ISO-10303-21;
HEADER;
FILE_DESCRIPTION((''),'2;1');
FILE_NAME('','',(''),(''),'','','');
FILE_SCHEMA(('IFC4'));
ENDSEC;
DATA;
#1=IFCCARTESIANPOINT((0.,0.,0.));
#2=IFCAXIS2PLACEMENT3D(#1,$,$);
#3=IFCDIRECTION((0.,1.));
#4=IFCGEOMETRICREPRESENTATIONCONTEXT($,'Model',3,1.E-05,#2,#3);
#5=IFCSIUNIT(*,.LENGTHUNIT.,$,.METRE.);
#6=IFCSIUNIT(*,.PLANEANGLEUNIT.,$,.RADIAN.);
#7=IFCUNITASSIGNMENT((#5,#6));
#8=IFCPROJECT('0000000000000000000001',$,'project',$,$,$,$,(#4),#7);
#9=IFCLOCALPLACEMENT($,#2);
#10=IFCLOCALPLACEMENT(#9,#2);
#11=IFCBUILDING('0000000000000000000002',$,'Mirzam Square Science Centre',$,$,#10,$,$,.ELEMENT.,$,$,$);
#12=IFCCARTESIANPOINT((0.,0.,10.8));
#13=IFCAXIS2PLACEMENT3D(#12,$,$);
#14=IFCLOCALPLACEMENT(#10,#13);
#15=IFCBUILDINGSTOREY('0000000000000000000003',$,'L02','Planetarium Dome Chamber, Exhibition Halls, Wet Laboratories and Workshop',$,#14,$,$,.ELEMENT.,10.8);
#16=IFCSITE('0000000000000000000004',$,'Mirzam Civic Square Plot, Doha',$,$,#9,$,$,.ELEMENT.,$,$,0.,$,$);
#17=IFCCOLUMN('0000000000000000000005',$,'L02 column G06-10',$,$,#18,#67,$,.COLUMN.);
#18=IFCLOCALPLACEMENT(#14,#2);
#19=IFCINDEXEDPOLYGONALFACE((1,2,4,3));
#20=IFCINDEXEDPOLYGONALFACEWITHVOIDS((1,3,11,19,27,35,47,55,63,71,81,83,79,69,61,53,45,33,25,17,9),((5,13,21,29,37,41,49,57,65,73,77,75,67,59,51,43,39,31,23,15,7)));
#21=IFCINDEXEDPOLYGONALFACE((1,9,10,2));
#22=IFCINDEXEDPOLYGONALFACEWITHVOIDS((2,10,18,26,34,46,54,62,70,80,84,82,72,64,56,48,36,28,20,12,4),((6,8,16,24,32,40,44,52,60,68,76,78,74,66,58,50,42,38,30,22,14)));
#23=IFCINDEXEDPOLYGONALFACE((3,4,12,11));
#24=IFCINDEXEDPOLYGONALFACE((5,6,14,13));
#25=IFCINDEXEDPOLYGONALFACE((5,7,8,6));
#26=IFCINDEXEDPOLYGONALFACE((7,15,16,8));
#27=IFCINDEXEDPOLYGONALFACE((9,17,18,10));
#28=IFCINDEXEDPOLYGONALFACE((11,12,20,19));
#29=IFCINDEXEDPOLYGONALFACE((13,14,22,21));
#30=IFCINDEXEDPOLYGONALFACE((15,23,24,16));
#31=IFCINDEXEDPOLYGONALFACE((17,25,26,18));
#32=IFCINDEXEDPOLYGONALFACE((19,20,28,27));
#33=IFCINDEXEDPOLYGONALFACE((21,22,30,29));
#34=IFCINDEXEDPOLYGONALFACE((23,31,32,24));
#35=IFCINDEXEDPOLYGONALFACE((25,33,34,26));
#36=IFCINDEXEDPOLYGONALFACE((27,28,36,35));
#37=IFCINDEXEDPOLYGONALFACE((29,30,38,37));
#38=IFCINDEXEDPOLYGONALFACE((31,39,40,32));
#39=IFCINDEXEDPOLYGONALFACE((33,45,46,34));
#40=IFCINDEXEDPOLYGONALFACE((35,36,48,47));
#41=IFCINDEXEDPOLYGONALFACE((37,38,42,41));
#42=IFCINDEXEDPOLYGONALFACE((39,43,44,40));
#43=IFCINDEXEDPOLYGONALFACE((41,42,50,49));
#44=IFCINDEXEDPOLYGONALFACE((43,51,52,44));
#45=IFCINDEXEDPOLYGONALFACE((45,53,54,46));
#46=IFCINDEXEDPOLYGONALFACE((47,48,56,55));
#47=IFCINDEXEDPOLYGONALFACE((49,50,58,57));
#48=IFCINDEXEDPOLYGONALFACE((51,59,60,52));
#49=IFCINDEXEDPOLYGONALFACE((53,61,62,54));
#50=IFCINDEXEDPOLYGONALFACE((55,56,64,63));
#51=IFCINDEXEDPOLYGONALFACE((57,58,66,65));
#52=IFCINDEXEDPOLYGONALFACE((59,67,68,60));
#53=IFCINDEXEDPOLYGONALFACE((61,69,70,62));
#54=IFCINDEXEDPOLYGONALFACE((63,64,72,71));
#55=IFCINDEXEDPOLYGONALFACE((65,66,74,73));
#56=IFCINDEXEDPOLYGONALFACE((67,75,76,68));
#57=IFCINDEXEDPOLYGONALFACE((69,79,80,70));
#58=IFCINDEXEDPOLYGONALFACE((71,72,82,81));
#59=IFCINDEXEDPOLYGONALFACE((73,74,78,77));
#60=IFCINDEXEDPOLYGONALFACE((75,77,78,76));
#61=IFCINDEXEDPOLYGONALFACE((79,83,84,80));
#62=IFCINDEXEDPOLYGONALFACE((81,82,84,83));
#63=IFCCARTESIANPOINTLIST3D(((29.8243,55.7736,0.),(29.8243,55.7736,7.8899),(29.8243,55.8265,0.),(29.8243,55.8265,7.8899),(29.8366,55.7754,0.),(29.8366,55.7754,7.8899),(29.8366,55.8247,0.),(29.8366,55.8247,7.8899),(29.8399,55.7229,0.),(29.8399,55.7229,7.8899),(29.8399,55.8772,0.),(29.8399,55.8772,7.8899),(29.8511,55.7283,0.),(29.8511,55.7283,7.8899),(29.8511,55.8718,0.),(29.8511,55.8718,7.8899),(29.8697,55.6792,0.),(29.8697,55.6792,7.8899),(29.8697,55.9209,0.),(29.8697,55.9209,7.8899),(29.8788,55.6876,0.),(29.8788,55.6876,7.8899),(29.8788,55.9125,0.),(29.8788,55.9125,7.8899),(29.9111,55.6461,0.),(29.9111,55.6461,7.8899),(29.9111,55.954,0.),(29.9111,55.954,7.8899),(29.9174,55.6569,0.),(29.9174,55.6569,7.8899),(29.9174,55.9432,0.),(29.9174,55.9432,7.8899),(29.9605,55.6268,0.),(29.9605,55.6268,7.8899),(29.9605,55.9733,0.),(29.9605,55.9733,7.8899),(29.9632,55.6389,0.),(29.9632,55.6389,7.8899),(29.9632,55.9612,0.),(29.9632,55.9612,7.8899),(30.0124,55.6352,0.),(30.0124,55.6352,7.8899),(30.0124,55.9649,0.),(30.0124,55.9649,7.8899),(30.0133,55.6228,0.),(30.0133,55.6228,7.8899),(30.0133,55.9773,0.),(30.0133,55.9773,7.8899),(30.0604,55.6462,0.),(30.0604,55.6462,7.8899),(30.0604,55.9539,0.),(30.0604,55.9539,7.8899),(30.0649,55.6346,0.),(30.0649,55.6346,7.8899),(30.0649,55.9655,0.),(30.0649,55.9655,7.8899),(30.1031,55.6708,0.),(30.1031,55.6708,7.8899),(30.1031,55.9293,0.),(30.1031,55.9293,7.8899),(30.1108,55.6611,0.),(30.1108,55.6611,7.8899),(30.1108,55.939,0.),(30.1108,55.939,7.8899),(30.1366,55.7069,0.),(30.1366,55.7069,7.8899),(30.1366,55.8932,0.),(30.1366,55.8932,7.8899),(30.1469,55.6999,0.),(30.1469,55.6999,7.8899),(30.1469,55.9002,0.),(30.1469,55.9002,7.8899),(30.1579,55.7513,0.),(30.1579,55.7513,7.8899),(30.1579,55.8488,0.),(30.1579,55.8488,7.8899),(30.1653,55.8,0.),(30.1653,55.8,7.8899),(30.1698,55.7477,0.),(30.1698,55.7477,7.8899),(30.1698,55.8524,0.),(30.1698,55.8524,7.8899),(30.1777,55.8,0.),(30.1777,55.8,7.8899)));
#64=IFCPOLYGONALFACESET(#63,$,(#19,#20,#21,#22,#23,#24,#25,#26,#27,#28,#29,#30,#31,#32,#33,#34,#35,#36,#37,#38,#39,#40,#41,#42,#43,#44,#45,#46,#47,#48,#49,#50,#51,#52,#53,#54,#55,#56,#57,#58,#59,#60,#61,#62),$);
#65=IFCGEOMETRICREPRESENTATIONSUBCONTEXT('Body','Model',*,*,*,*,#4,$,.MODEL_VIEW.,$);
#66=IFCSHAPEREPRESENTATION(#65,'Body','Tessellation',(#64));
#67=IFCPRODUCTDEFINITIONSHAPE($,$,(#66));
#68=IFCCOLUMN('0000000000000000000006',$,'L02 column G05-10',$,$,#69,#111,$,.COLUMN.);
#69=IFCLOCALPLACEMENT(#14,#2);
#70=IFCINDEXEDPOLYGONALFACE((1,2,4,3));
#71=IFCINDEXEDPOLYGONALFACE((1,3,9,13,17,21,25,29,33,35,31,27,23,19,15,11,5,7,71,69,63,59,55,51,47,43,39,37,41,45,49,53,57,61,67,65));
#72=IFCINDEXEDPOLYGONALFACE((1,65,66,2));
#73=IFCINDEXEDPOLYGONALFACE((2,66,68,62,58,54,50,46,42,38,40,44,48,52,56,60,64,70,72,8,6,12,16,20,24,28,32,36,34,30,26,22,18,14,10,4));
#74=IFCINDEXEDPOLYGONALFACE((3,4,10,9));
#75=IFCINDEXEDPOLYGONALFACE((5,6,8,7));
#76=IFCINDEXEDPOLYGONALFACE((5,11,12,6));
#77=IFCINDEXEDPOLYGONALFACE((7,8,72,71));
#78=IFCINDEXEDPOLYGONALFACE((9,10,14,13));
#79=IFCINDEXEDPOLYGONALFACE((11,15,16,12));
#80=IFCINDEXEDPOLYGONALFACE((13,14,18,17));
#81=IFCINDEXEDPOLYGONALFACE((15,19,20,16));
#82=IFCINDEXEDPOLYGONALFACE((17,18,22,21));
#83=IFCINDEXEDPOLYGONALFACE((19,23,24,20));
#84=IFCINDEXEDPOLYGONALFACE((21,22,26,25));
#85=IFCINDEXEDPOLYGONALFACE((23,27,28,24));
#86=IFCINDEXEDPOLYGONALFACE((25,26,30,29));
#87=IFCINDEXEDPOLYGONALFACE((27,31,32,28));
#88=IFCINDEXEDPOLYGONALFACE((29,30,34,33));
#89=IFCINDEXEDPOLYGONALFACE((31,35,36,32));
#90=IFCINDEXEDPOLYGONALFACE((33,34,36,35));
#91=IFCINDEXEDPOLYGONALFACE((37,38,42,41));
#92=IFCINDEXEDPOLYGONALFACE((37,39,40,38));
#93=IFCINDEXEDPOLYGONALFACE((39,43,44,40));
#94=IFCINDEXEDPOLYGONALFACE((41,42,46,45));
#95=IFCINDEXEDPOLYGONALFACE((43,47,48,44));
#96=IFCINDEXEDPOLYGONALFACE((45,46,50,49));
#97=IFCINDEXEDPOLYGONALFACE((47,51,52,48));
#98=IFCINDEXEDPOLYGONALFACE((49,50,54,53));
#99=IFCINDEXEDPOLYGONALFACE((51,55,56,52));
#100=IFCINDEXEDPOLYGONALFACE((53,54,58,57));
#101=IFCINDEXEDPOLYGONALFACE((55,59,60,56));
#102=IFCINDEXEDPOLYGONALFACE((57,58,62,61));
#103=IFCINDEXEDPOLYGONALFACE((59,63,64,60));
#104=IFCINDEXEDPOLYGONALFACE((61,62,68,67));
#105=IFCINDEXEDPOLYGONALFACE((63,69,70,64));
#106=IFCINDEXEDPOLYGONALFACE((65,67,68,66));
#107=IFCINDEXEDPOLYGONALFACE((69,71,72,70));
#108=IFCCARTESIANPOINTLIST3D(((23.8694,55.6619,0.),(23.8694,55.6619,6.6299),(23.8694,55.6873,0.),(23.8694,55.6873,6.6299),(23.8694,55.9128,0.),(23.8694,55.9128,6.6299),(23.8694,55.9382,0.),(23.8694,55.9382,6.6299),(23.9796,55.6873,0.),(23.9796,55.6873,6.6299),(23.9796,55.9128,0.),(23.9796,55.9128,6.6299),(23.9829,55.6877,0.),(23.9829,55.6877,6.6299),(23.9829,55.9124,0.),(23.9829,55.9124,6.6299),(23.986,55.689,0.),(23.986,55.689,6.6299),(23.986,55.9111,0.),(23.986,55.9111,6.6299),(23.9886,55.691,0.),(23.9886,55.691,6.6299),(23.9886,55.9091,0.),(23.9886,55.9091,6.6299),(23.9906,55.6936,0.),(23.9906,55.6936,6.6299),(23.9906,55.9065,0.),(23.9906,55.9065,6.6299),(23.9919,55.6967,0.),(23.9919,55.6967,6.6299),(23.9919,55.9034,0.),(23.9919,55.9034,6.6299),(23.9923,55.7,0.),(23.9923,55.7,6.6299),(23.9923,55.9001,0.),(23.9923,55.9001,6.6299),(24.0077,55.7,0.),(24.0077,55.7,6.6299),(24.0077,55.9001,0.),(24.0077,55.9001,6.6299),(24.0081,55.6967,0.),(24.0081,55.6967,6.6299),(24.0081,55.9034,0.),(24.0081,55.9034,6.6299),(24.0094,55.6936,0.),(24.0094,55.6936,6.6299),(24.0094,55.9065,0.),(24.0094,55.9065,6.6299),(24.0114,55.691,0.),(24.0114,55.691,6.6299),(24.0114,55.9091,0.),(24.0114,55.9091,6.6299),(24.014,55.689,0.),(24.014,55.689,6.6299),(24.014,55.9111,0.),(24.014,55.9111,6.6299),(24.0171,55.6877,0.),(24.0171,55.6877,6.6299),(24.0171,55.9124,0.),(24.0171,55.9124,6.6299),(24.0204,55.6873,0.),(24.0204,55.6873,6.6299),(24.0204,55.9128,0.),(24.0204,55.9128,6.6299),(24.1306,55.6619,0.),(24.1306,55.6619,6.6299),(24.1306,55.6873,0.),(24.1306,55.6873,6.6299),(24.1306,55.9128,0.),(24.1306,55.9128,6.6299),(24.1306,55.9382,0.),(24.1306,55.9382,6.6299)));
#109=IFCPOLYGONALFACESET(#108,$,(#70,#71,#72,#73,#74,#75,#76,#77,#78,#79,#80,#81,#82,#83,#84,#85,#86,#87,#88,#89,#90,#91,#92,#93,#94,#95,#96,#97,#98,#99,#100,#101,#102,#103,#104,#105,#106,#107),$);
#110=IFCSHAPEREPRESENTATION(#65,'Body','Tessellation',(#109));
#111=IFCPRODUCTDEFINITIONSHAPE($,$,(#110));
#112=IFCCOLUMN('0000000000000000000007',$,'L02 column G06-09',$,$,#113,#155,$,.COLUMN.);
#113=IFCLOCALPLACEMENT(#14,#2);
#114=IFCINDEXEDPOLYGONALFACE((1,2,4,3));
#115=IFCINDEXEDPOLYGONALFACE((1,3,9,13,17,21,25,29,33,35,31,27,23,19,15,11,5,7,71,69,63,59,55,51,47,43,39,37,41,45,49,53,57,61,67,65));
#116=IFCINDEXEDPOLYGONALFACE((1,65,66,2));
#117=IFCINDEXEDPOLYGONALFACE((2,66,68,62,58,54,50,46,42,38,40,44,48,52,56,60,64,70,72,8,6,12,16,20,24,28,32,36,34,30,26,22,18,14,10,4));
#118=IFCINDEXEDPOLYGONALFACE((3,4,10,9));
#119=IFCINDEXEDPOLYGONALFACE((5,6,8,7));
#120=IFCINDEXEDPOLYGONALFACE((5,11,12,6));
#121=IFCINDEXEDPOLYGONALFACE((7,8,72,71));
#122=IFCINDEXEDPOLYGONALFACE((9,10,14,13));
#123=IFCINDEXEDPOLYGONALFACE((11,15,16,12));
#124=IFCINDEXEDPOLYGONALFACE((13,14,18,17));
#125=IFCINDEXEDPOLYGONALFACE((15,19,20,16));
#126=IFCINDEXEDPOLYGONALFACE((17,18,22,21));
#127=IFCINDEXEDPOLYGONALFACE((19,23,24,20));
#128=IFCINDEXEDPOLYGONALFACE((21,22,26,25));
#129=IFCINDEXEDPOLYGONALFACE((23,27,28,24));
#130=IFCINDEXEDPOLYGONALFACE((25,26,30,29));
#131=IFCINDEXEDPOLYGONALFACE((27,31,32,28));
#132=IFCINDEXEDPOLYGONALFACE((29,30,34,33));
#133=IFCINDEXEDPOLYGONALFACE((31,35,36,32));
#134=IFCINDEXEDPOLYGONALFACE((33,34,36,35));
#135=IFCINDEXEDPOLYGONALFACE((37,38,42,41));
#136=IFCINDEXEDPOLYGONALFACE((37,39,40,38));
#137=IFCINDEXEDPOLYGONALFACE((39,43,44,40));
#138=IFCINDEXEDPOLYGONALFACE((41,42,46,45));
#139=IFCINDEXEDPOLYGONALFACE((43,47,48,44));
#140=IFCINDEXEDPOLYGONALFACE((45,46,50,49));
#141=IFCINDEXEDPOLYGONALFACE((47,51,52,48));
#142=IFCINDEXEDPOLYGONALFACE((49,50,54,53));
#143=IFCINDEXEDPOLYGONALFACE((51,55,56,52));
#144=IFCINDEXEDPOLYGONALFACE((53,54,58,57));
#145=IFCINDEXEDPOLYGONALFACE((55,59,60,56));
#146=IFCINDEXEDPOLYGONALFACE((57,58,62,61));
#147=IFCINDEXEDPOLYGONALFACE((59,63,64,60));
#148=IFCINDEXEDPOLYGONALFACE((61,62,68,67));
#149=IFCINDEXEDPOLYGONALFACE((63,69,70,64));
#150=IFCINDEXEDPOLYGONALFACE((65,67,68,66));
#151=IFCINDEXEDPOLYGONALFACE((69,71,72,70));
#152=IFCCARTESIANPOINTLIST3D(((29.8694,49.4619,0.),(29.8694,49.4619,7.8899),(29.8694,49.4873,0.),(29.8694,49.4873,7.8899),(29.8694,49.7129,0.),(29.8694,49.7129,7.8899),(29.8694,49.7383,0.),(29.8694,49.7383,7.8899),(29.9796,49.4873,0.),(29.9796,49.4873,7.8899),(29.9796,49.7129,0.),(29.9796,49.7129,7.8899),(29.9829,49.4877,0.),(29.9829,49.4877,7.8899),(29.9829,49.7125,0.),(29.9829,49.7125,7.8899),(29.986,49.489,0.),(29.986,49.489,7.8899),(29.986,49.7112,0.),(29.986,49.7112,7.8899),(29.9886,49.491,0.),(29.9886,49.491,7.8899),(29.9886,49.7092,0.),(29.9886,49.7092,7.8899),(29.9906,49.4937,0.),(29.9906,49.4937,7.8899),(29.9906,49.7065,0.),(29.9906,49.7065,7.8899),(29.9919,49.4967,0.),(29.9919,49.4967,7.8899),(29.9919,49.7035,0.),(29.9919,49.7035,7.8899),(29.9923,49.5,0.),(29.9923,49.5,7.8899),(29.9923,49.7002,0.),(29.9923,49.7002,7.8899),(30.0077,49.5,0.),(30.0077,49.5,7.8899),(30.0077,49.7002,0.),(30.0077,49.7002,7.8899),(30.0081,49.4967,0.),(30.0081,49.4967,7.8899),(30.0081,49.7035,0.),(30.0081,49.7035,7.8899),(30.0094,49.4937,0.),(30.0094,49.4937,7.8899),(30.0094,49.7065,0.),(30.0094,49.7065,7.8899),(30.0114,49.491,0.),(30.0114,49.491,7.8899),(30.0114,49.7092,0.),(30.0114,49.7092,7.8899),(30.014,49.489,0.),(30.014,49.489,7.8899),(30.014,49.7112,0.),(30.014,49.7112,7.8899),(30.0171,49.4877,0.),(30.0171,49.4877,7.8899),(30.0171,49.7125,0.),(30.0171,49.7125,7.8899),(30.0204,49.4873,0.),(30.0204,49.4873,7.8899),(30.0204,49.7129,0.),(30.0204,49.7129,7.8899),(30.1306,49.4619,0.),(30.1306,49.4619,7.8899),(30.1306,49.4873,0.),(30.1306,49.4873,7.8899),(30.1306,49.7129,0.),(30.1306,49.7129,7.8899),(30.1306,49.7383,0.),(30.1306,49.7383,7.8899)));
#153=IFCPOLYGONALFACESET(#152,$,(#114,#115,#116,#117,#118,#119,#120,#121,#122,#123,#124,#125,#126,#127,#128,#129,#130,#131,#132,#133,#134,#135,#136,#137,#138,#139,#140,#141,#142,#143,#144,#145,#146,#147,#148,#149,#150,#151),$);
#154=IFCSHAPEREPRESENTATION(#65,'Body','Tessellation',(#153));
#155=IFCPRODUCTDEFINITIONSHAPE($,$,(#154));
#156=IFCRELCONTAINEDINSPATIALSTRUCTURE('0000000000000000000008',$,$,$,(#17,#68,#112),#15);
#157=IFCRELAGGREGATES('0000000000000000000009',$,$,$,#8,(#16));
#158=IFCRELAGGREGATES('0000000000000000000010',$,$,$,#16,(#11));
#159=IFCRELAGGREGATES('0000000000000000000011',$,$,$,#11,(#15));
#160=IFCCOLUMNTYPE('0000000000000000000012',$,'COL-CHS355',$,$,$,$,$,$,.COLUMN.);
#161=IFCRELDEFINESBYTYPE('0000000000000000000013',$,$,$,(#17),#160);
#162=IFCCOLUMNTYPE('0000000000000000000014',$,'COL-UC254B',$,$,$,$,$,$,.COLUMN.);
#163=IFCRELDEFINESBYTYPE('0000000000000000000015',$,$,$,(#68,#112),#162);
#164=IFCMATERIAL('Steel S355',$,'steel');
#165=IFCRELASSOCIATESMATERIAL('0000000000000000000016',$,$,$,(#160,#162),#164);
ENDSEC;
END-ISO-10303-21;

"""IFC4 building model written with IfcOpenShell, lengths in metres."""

from ifc_helpers import new_model, si_unit, direction, frame, origin, origin_2d, place, context, subcontext, project, spatial, hollow_circle, i_section, extrude, material, material_profile, profile_set, type_object, element, save


model = new_model("IFC4")

# Units and contexts
model_context = context("Model", 3, precision=1e-05, world=origin(), true_north=direction((0.0, 1.0)))
body_context = subcontext(model_context, "Body", "Model", "MODEL_VIEW")
ifc_project = project(units=[si_unit("LENGTHUNIT", "METRE"), si_unit("PLANEANGLEUNIT", "RADIAN")], contexts=[model_context])

# Site, building, storey
site_placement = place(None, origin())
site = spatial("IfcSite", under=ifc_project, at=site_placement, Name="Mirzam Civic Square Plot, Doha", CompositionType="ELEMENT", RefElevation=0.0)
building_placement = place(site_placement, origin())
building = spatial("IfcBuilding", under=site, at=building_placement, Name="Mirzam Square Science Centre", CompositionType="ELEMENT")
storey_placement = place(building_placement, frame((0.0, 0.0, 10.8)))
storey = spatial("IfcBuildingStorey", under=building, at=storey_placement, Name="L02", Description="Planetarium Dome Chamber, Exhibition Halls, Wet Laboratories and Workshop", CompositionType="ELEMENT", Elevation=10.8)

# Columns
ifc_material_1 = material(Name="Steel S355", Category="steel")
ifc_material_profile_1 = material_profile(ifc_material_1, hollow_circle(Radius=0.1777, WallThickness=0.0125, at=origin_2d()), Name="355.6x12.5CHS")
ifc_profile_set_1 = profile_set([ifc_material_profile_1], Name="Steel S355")
column_type_1 = type_object("IfcColumnType", Name="COL-CHS355", PredefinedType="COLUMN", material=ifc_profile_set_1)
column_1_placement = place(storey_placement, frame((30.0, 55.8, 0.0), z_axis=(0.0, 0.0, 1.0), x_axis=(1.0, 0.0, 0.0)))
element("IfcColumn", 1, at=column_1_placement, inside=storey, type_object=column_type_1, Name="L02 column G06-10", PredefinedType="COLUMN", context=body_context, shape_type="SweptSolid", body=[
    extrude(hollow_circle(Radius=0.1777, WallThickness=0.0125, at=origin_2d()), origin(), (0.0, 0.0, 1.0), 7.8899),
])
ifc_material_profile_2 = material_profile(ifc_material_1, i_section(OverallWidth=0.2612, OverallDepth=0.2764, WebThickness=0.0154, FlangeThickness=0.0254, FilletRadius=0.0127, at=origin_2d()), Name="254x254x132UC")
ifc_profile_set_2 = profile_set([ifc_material_profile_2], Name="Steel S355")
column_type_2 = type_object("IfcColumnType", Name="COL-UC254B", PredefinedType="COLUMN", material=ifc_profile_set_2)
column_2_placement = place(storey_placement, frame((24.0, 55.8, 0.0), z_axis=(0.0, 0.0, 1.0), x_axis=(1.0, 0.0, 0.0)))
element("IfcColumn", 2, at=column_2_placement, inside=storey, type_object=column_type_2, Name="L02 column G05-10", PredefinedType="COLUMN", context=body_context, shape_type="SweptSolid", body=[
    extrude(i_section(OverallWidth=0.2612, OverallDepth=0.2764, WebThickness=0.0154, FlangeThickness=0.0254, FilletRadius=0.0127, at=origin_2d()), origin(), (0.0, 0.0, 1.0), 6.6299),
])
column_3_placement = place(storey_placement, frame((30.0, 49.6001, 0.0), z_axis=(0.0, 0.0, 1.0), x_axis=(1.0, 0.0, 0.0)))
element("IfcColumn", 3, at=column_3_placement, inside=storey, type_object=column_type_2, Name="L02 column G06-09", PredefinedType="COLUMN", context=body_context, shape_type="SweptSolid", body=[
    extrude(i_section(OverallWidth=0.2612, OverallDepth=0.2764, WebThickness=0.0154, FlangeThickness=0.0254, FilletRadius=0.0127, at=origin_2d()), origin(), (0.0, 0.0, 1.0), 7.8899),
])

save(model, "model.ifc")
